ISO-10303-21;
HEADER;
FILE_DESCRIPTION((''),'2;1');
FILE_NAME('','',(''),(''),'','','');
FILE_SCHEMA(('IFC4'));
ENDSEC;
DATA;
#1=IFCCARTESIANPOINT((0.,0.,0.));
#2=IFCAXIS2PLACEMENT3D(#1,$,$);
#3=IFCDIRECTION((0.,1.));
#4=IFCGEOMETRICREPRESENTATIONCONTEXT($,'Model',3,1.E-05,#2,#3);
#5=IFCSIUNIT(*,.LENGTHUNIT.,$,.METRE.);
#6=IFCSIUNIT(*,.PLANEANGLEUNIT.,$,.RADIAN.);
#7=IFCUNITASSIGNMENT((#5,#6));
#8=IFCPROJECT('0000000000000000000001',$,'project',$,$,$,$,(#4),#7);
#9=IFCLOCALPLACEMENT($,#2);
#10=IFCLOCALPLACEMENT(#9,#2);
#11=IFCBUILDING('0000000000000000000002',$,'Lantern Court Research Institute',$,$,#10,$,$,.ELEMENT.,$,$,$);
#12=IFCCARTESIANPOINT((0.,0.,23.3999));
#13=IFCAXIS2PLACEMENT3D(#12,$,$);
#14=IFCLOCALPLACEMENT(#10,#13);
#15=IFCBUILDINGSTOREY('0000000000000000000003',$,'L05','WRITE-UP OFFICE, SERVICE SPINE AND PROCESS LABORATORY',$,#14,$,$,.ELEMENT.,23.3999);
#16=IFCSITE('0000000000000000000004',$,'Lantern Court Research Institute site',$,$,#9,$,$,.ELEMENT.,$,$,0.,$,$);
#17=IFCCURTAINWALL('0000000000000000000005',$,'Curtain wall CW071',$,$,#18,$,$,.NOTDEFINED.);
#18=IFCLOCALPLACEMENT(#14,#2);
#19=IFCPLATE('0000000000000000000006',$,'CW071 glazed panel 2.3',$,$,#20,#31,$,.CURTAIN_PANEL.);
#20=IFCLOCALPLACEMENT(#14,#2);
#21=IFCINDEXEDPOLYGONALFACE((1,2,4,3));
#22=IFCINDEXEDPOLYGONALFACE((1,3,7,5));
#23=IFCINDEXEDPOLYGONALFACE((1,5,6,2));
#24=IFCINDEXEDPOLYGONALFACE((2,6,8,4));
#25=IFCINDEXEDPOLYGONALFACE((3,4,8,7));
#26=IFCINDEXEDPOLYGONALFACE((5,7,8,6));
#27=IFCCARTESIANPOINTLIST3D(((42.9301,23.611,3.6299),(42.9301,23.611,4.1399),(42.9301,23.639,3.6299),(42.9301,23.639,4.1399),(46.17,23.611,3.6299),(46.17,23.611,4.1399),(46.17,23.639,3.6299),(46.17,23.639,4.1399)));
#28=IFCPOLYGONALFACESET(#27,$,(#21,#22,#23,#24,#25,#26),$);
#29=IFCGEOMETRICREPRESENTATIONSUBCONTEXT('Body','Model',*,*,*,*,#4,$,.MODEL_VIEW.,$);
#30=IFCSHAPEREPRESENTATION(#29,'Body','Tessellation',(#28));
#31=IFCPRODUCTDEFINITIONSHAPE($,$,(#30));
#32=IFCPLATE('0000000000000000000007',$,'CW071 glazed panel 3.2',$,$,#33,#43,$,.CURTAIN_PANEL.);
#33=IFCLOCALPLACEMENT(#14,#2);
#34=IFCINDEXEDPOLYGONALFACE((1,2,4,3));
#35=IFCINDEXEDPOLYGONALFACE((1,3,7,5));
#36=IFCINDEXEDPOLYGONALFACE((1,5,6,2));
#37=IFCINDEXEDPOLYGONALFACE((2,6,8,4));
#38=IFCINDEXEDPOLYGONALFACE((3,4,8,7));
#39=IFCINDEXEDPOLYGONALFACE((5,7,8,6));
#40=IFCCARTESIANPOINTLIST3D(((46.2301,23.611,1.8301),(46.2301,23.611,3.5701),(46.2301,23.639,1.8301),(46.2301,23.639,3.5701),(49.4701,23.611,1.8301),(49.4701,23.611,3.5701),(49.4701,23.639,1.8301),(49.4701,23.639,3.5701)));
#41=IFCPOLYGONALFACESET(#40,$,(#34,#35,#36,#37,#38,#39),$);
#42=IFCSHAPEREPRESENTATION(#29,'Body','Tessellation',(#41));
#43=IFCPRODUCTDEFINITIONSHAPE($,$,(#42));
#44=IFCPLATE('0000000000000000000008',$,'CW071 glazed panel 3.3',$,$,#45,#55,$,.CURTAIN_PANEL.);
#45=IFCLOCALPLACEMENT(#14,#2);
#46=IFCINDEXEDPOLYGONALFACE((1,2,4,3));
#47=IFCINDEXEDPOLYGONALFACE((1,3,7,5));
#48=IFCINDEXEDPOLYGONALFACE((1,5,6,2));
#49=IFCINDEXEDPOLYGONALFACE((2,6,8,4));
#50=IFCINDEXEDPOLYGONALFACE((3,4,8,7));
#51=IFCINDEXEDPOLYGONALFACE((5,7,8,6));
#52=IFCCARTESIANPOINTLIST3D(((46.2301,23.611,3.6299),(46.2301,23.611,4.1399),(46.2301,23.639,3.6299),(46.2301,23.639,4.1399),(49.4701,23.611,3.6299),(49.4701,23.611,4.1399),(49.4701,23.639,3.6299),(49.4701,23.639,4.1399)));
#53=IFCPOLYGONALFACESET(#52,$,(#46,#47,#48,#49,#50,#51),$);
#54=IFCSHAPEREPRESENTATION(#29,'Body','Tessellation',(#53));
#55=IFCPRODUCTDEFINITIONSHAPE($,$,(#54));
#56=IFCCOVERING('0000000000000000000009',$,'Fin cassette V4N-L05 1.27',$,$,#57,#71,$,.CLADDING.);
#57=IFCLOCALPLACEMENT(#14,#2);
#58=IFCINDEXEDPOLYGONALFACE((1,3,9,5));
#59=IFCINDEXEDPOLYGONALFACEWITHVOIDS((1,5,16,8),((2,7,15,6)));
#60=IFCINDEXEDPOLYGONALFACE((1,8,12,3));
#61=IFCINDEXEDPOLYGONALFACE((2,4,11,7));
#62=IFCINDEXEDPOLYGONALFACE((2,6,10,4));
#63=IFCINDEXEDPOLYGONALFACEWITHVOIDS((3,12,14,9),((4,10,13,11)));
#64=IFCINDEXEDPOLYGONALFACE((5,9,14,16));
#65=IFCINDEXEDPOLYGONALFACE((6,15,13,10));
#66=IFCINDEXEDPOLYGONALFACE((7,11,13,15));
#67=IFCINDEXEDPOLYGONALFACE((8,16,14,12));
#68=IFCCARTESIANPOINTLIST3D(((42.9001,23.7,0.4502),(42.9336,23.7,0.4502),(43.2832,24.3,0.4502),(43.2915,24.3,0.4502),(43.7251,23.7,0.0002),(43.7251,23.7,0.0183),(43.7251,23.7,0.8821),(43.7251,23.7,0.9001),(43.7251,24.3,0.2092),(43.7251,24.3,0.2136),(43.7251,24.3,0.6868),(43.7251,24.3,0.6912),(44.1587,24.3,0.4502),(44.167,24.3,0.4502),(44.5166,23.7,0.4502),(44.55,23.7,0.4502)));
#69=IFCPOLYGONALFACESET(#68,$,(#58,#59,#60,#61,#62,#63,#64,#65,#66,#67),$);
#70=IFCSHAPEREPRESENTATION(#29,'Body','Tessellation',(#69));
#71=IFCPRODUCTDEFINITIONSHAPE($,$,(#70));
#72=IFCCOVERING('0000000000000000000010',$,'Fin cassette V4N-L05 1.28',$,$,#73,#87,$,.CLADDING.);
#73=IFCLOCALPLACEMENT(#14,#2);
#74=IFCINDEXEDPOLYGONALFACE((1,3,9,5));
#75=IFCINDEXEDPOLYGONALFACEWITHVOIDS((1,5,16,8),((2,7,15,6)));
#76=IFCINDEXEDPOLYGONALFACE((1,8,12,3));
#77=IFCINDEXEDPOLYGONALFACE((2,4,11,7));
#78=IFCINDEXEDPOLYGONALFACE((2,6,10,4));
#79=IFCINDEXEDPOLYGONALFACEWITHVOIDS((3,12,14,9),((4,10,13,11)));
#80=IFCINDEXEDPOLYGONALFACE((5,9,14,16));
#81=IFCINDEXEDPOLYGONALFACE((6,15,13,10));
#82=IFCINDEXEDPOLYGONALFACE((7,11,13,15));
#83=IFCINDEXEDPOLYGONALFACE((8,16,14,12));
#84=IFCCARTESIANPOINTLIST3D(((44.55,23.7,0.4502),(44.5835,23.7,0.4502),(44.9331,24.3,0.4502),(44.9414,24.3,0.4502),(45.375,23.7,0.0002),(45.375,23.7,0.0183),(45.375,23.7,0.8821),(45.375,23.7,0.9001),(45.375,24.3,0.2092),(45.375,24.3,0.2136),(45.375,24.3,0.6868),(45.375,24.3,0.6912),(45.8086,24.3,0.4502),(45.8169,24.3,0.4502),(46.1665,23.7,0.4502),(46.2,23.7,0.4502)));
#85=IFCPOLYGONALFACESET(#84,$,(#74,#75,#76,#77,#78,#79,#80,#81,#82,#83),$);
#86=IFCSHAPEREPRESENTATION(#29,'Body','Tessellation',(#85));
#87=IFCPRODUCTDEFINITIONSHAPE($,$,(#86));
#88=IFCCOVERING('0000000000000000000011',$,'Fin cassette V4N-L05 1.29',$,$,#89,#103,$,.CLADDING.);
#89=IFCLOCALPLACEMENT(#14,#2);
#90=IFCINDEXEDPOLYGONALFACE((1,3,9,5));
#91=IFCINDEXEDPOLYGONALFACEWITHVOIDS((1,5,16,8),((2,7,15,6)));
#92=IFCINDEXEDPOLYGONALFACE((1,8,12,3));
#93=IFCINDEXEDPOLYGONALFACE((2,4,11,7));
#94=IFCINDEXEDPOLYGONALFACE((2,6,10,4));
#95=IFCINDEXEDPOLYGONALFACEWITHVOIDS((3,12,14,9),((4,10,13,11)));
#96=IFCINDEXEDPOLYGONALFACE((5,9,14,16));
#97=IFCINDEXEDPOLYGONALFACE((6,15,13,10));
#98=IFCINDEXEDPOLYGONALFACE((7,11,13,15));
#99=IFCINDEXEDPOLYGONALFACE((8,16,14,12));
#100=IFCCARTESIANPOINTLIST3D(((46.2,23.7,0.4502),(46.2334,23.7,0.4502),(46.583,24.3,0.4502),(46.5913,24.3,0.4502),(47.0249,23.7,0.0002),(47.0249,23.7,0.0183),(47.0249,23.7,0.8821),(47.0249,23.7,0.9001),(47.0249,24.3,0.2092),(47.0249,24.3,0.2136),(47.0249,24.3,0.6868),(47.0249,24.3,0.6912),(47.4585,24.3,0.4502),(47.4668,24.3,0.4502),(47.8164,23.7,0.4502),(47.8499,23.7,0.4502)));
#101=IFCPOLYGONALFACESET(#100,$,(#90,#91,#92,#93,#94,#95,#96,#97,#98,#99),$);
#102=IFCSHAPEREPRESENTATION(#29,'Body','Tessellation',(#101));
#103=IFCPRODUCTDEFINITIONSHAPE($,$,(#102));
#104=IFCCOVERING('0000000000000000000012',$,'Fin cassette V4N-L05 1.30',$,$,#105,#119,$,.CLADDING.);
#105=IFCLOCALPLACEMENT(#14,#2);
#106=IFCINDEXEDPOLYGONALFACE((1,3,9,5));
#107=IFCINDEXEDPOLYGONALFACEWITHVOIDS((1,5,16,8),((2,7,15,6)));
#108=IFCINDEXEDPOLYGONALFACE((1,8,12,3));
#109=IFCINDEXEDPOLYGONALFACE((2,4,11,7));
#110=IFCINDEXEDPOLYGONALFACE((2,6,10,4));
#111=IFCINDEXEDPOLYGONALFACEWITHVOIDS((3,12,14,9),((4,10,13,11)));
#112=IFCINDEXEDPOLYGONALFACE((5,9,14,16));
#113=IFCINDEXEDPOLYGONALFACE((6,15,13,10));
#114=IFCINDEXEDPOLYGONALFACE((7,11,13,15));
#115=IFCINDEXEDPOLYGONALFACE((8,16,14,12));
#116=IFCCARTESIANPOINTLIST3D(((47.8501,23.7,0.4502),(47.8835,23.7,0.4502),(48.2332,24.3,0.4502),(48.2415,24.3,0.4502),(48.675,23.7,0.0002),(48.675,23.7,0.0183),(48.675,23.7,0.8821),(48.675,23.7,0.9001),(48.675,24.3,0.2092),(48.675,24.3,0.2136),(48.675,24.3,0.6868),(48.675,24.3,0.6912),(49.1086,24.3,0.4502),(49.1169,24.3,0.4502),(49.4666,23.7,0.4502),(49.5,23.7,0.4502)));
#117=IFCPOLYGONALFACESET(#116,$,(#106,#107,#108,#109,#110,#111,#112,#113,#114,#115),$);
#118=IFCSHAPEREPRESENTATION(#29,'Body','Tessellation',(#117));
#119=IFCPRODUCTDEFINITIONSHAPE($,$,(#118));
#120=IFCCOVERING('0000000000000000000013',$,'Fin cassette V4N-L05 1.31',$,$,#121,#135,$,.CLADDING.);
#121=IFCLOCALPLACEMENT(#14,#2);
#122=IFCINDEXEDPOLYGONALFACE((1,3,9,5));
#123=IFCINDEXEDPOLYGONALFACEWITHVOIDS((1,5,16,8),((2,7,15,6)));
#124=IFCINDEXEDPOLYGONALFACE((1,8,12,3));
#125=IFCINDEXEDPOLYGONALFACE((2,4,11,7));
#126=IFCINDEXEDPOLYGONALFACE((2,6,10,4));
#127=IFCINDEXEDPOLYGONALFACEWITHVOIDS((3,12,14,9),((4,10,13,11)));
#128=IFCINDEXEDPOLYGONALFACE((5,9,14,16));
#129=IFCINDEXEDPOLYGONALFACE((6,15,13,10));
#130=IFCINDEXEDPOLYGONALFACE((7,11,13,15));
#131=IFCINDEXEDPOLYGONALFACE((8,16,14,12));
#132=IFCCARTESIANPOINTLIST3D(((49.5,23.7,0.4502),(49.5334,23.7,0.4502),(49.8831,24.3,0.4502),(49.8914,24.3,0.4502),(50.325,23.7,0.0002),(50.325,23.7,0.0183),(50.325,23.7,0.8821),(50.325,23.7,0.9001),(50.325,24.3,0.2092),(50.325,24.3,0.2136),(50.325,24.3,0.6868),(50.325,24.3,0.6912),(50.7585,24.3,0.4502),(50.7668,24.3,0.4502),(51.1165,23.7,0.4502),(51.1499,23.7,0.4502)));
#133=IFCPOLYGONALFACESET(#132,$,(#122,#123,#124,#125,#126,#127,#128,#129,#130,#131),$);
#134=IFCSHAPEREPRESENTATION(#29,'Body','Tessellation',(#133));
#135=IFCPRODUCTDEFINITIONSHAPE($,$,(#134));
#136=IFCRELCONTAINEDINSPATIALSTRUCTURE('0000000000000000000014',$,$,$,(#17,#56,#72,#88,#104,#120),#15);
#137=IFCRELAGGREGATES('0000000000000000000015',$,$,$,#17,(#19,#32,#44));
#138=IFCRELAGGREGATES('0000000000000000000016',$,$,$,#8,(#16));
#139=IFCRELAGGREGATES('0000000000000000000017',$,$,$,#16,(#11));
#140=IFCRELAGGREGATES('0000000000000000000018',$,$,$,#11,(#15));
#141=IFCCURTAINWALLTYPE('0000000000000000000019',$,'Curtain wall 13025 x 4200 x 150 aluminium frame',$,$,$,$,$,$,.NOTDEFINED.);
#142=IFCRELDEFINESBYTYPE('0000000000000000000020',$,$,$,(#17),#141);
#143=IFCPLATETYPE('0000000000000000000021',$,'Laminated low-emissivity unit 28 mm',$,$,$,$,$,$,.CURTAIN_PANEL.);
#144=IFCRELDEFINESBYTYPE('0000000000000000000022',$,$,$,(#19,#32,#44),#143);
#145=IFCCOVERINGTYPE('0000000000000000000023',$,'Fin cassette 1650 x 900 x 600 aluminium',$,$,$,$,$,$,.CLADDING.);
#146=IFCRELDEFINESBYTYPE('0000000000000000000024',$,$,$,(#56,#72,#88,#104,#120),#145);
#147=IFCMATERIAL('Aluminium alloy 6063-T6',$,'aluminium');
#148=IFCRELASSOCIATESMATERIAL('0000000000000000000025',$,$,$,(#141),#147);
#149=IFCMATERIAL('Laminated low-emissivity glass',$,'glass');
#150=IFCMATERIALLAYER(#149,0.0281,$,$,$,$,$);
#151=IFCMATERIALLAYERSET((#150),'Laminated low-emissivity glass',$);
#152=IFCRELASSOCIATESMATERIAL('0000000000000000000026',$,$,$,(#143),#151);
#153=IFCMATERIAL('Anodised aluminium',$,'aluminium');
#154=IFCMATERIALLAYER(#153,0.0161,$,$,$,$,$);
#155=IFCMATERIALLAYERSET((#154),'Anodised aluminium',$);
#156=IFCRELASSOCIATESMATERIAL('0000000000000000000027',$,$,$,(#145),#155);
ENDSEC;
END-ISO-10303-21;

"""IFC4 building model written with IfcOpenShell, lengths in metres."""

from ifc_helpers import new_model, entity, si_unit, direction, frame, origin, origin_2d, place, context, subcontext, project, spatial, rectangle, extrude, material, layer, layer_set, type_object, element, aggregate, save


model = new_model("IFC4")

# Units and contexts
model_context = context("Model", 3, precision=1e-05, world=origin(), true_north=direction((0.0, 1.0)))
body_context = subcontext(model_context, "Body", "Model", "MODEL_VIEW")
ifc_project = project(units=[si_unit("LENGTHUNIT", "METRE"), si_unit("PLANEANGLEUNIT", "RADIAN")], contexts=[model_context])

# Site, building, storey
site_placement = place(None, origin())
site = spatial("IfcSite", under=ifc_project, at=site_placement, Name="Lantern Court Research Institute site", CompositionType="ELEMENT", RefElevation=0.0)
building_placement = place(site_placement, origin())
building = spatial("IfcBuilding", under=site, at=building_placement, Name="Lantern Court Research Institute", CompositionType="ELEMENT")
storey_placement = place(building_placement, frame((0.0, 0.0, 23.3999)))
storey = spatial("IfcBuildingStorey", under=building, at=storey_placement, Name="L05", Description="WRITE-UP OFFICE, SERVICE SPINE AND PROCESS LABORATORY", CompositionType="ELEMENT", Elevation=23.3999)

# Curtain wall, plates
ifc_material_1 = material(Name="Aluminium alloy 6063-T6", Category="aluminium")
curtain_wall_type = type_object("IfcCurtainWallType", Name="Curtain wall 13025 x 4200 x 150 aluminium frame", PredefinedType="NOTDEFINED", material=ifc_material_1)
curtain_wall_placement = place(storey_placement, origin())
curtain_wall = element("IfcCurtainWall", 1, at=curtain_wall_placement, inside=storey, type_object=curtain_wall_type, Name="Curtain wall CW071", PredefinedType="NOTDEFINED")
ifc_material_2 = material(Name="Laminated low-emissivity glass", Category="glass")
ifc_layer_1 = layer(ifc_material_2, 0.0281)
ifc_layer_set_1 = layer_set([ifc_layer_1], Name="Laminated low-emissivity glass")
plate_type_1 = type_object("IfcPlateType", Name="Laminated low-emissivity unit 28 mm", PredefinedType="CURTAIN_PANEL", material=ifc_layer_set_1)
plate_1_placement = place(storey_placement, frame((44.55, 23.625, 3.6299), z_axis=(0.0, 0.0, 1.0), x_axis=(1.0, 0.0, 0.0)))
plate_1 = element("IfcPlate", 2, at=plate_1_placement, type_object=plate_type_1, Name="CW071 glazed panel 2.3", PredefinedType="CURTAIN_PANEL", context=body_context, shape_type="SweptSolid", body=[
    extrude(rectangle(XDim=3.24, YDim=0.0281, at=origin_2d()), origin(), (0.0, 0.0, 1.0), 0.51),
])
plate_2_placement = place(storey_placement, frame((47.8501, 23.625, 1.8301), z_axis=(0.0, 0.0, 1.0), x_axis=(1.0, 0.0, 0.0)))
plate_2 = element("IfcPlate", 3, at=plate_2_placement, type_object=plate_type_1, Name="CW071 glazed panel 3.2", PredefinedType="CURTAIN_PANEL", context=body_context, shape_type="SweptSolid", body=[
    extrude(rectangle(XDim=3.24, YDim=0.0281, at=origin_2d()), origin(), (0.0, 0.0, 1.0), 1.74),
])
plate_3_placement = place(storey_placement, frame((47.8501, 23.625, 3.6299), z_axis=(0.0, 0.0, 1.0), x_axis=(1.0, 0.0, 0.0)))
plate_3 = element("IfcPlate", 4, at=plate_3_placement, type_object=plate_type_1, Name="CW071 glazed panel 3.3", PredefinedType="CURTAIN_PANEL", context=body_context, shape_type="SweptSolid", body=[
    extrude(rectangle(XDim=3.24, YDim=0.0281, at=origin_2d()), origin(), (0.0, 0.0, 1.0), 0.51),
])
aggregate(curtain_wall, [plate_1, plate_2, plate_3])

# Coverings
ifc_material_3 = material(Name="Anodised aluminium", Category="aluminium")
ifc_layer_2 = layer(ifc_material_3, 0.0161)
ifc_layer_set_2 = layer_set([ifc_layer_2], Name="Anodised aluminium")
covering_type = type_object("IfcCoveringType", Name="Fin cassette 1650 x 900 x 600 aluminium", PredefinedType="CLADDING", material=ifc_layer_set_2)
covering_1_placement = place(storey_placement, frame((43.7251, 23.7, 0.4502), z_axis=(0.0, 1.0, 0.0), x_axis=(-1.0, 0.0, 0.0)))
cartesian_point_1 = entity("IfcCartesianPoint", [0.825, 0.0])
cartesian_point_2 = entity("IfcCartesianPoint", [0.7915, 0.0])
cartesian_point_3 = entity("IfcCartesianPoint", [0.4419, 0.0])
cartesian_point_4 = entity("IfcCartesianPoint", [0.4336, 0.0])
element("IfcCovering", 5, at=covering_1_placement, inside=storey, type_object=covering_type, Name="Fin cassette V4N-L05 1.27", PredefinedType="CLADDING", context=body_context, shape_type="SweptSolid", body=[
    entity("IfcExtrudedAreaSolidTapered", entity("IfcArbitraryProfileDefWithVoids", "AREA", None, entity("IfcPolyline", [cartesian_point_1, entity("IfcCartesianPoint", [0.0, 0.45]), entity("IfcCartesianPoint", [-0.825, 0.0]), entity("IfcCartesianPoint", [0.0, -0.45]), cartesian_point_1]), [entity("IfcPolyline", [cartesian_point_2, entity("IfcCartesianPoint", [0.0, 0.4319]), entity("IfcCartesianPoint", [-0.7915, 0.0]), entity("IfcCartesianPoint", [0.0, -0.4319]), cartesian_point_2])]), entity("IfcAxis2Placement3D", entity("IfcCartesianPoint", [0.0, 0.0, 0.0])), entity("IfcDirection", [0.0, 0.0, 1.0]), 0.6001, entity("IfcArbitraryProfileDefWithVoids", "AREA", None, entity("IfcPolyline", [cartesian_point_3, entity("IfcCartesianPoint", [0.0, 0.241]), entity("IfcCartesianPoint", [-0.4419, 0.0]), entity("IfcCartesianPoint", [0.0, -0.241]), cartesian_point_3]), [entity("IfcPolyline", [cartesian_point_4, entity("IfcCartesianPoint", [0.0, 0.2366]), entity("IfcCartesianPoint", [-0.4336, 0.0]), entity("IfcCartesianPoint", [0.0, -0.2366]), cartesian_point_4])])),
])
covering_2_placement = place(storey_placement, frame((45.375, 23.7, 0.4502), z_axis=(0.0, 1.0, 0.0), x_axis=(-1.0, 0.0, 0.0)))
cartesian_point_5 = entity("IfcCartesianPoint", [0.825, 0.0])
cartesian_point_6 = entity("IfcCartesianPoint", [0.7915, 0.0])
cartesian_point_7 = entity("IfcCartesianPoint", [0.4419, 0.0])
cartesian_point_8 = entity("IfcCartesianPoint", [0.4336, 0.0])
element("IfcCovering", 6, at=covering_2_placement, inside=storey, type_object=covering_type, Name="Fin cassette V4N-L05 1.28", PredefinedType="CLADDING", context=body_context, shape_type="SweptSolid", body=[
    entity("IfcExtrudedAreaSolidTapered", entity("IfcArbitraryProfileDefWithVoids", "AREA", None, entity("IfcPolyline", [cartesian_point_5, entity("IfcCartesianPoint", [0.0, 0.45]), entity("IfcCartesianPoint", [-0.825, 0.0]), entity("IfcCartesianPoint", [0.0, -0.45]), cartesian_point_5]), [entity("IfcPolyline", [cartesian_point_6, entity("IfcCartesianPoint", [0.0, 0.4319]), entity("IfcCartesianPoint", [-0.7915, 0.0]), entity("IfcCartesianPoint", [0.0, -0.4319]), cartesian_point_6])]), entity("IfcAxis2Placement3D", entity("IfcCartesianPoint", [0.0, 0.0, 0.0])), entity("IfcDirection", [0.0, 0.0, 1.0]), 0.6001, entity("IfcArbitraryProfileDefWithVoids", "AREA", None, entity("IfcPolyline", [cartesian_point_7, entity("IfcCartesianPoint", [0.0, 0.241]), entity("IfcCartesianPoint", [-0.4419, 0.0]), entity("IfcCartesianPoint", [0.0, -0.241]), cartesian_point_7]), [entity("IfcPolyline", [cartesian_point_8, entity("IfcCartesianPoint", [0.0, 0.2366]), entity("IfcCartesianPoint", [-0.4336, 0.0]), entity("IfcCartesianPoint", [0.0, -0.2366]), cartesian_point_8])])),
])
covering_3_placement = place(storey_placement, frame((47.0249, 23.7, 0.4502), z_axis=(0.0, 1.0, 0.0), x_axis=(-1.0, 0.0, 0.0)))
cartesian_point_9 = entity("IfcCartesianPoint", [0.825, 0.0])
cartesian_point_10 = entity("IfcCartesianPoint", [0.7915, 0.0])
cartesian_point_11 = entity("IfcCartesianPoint", [0.4419, 0.0])
cartesian_point_12 = entity("IfcCartesianPoint", [0.4336, 0.0])
element("IfcCovering", 7, at=covering_3_placement, inside=storey, type_object=covering_type, Name="Fin cassette V4N-L05 1.29", PredefinedType="CLADDING", context=body_context, shape_type="SweptSolid", body=[
    entity("IfcExtrudedAreaSolidTapered", entity("IfcArbitraryProfileDefWithVoids", "AREA", None, entity("IfcPolyline", [cartesian_point_9, entity("IfcCartesianPoint", [0.0, 0.45]), entity("IfcCartesianPoint", [-0.825, 0.0]), entity("IfcCartesianPoint", [0.0, -0.45]), cartesian_point_9]), [entity("IfcPolyline", [cartesian_point_10, entity("IfcCartesianPoint", [0.0, 0.4319]), entity("IfcCartesianPoint", [-0.7915, 0.0]), entity("IfcCartesianPoint", [0.0, -0.4319]), cartesian_point_10])]), entity("IfcAxis2Placement3D", entity("IfcCartesianPoint", [0.0, 0.0, 0.0])), entity("IfcDirection", [0.0, 0.0, 1.0]), 0.6001, entity("IfcArbitraryProfileDefWithVoids", "AREA", None, entity("IfcPolyline", [cartesian_point_11, entity("IfcCartesianPoint", [0.0, 0.241]), entity("IfcCartesianPoint", [-0.4419, 0.0]), entity("IfcCartesianPoint", [0.0, -0.241]), cartesian_point_11]), [entity("IfcPolyline", [cartesian_point_12, entity("IfcCartesianPoint", [0.0, 0.2366]), entity("IfcCartesianPoint", [-0.4336, 0.0]), entity("IfcCartesianPoint", [0.0, -0.2366]), cartesian_point_12])])),
])
covering_4_placement = place(storey_placement, frame((48.675, 23.7, 0.4502), z_axis=(0.0, 1.0, 0.0), x_axis=(-1.0, 0.0, 0.0)))
cartesian_point_13 = entity("IfcCartesianPoint", [0.825, 0.0])
cartesian_point_14 = entity("IfcCartesianPoint", [0.7915, 0.0])
cartesian_point_15 = entity("IfcCartesianPoint", [0.4419, 0.0])
cartesian_point_16 = entity("IfcCartesianPoint", [0.4336, 0.0])
element("IfcCovering", 8, at=covering_4_placement, inside=storey, type_object=covering_type, Name="Fin cassette V4N-L05 1.30", PredefinedType="CLADDING", context=body_context, shape_type="SweptSolid", body=[
    entity("IfcExtrudedAreaSolidTapered", entity("IfcArbitraryProfileDefWithVoids", "AREA", None, entity("IfcPolyline", [cartesian_point_13, entity("IfcCartesianPoint", [0.0, 0.45]), entity("IfcCartesianPoint", [-0.825, 0.0]), entity("IfcCartesianPoint", [0.0, -0.45]), cartesian_point_13]), [entity("IfcPolyline", [cartesian_point_14, entity("IfcCartesianPoint", [0.0, 0.4319]), entity("IfcCartesianPoint", [-0.7915, 0.0]), entity("IfcCartesianPoint", [0.0, -0.4319]), cartesian_point_14])]), entity("IfcAxis2Placement3D", entity("IfcCartesianPoint", [0.0, 0.0, 0.0])), entity("IfcDirection", [0.0, 0.0, 1.0]), 0.6001, entity("IfcArbitraryProfileDefWithVoids", "AREA", None, entity("IfcPolyline", [cartesian_point_15, entity("IfcCartesianPoint", [0.0, 0.241]), entity("IfcCartesianPoint", [-0.4419, 0.0]), entity("IfcCartesianPoint", [0.0, -0.241]), cartesian_point_15]), [entity("IfcPolyline", [cartesian_point_16, entity("IfcCartesianPoint", [0.0, 0.2366]), entity("IfcCartesianPoint", [-0.4336, 0.0]), entity("IfcCartesianPoint", [0.0, -0.2366]), cartesian_point_16])])),
])
covering_5_placement = place(storey_placement, frame((50.325, 23.7, 0.4502), z_axis=(0.0, 1.0, 0.0), x_axis=(-1.0, 0.0, 0.0)))
cartesian_point_17 = entity("IfcCartesianPoint", [0.825, 0.0])
cartesian_point_18 = entity("IfcCartesianPoint", [0.7915, 0.0])
cartesian_point_19 = entity("IfcCartesianPoint", [0.4419, 0.0])
cartesian_point_20 = entity("IfcCartesianPoint", [0.4336, 0.0])
element("IfcCovering", 9, at=covering_5_placement, inside=storey, type_object=covering_type, Name="Fin cassette V4N-L05 1.31", PredefinedType="CLADDING", context=body_context, shape_type="SweptSolid", body=[
    entity("IfcExtrudedAreaSolidTapered", entity("IfcArbitraryProfileDefWithVoids", "AREA", None, entity("IfcPolyline", [cartesian_point_17, entity("IfcCartesianPoint", [0.0, 0.45]), entity("IfcCartesianPoint", [-0.825, 0.0]), entity("IfcCartesianPoint", [0.0, -0.45]), cartesian_point_17]), [entity("IfcPolyline", [cartesian_point_18, entity("IfcCartesianPoint", [0.0, 0.4319]), entity("IfcCartesianPoint", [-0.7915, 0.0]), entity("IfcCartesianPoint", [0.0, -0.4319]), cartesian_point_18])]), entity("IfcAxis2Placement3D", entity("IfcCartesianPoint", [0.0, 0.0, 0.0])), entity("IfcDirection", [0.0, 0.0, 1.0]), 0.6001, entity("IfcArbitraryProfileDefWithVoids", "AREA", None, entity("IfcPolyline", [cartesian_point_19, entity("IfcCartesianPoint", [0.0, 0.241]), entity("IfcCartesianPoint", [-0.4419, 0.0]), entity("IfcCartesianPoint", [0.0, -0.241]), cartesian_point_19]), [entity("IfcPolyline", [cartesian_point_20, entity("IfcCartesianPoint", [0.0, 0.2366]), entity("IfcCartesianPoint", [-0.4336, 0.0]), entity("IfcCartesianPoint", [0.0, -0.2366]), cartesian_point_20])])),
])

save(model, "model.ifc")
